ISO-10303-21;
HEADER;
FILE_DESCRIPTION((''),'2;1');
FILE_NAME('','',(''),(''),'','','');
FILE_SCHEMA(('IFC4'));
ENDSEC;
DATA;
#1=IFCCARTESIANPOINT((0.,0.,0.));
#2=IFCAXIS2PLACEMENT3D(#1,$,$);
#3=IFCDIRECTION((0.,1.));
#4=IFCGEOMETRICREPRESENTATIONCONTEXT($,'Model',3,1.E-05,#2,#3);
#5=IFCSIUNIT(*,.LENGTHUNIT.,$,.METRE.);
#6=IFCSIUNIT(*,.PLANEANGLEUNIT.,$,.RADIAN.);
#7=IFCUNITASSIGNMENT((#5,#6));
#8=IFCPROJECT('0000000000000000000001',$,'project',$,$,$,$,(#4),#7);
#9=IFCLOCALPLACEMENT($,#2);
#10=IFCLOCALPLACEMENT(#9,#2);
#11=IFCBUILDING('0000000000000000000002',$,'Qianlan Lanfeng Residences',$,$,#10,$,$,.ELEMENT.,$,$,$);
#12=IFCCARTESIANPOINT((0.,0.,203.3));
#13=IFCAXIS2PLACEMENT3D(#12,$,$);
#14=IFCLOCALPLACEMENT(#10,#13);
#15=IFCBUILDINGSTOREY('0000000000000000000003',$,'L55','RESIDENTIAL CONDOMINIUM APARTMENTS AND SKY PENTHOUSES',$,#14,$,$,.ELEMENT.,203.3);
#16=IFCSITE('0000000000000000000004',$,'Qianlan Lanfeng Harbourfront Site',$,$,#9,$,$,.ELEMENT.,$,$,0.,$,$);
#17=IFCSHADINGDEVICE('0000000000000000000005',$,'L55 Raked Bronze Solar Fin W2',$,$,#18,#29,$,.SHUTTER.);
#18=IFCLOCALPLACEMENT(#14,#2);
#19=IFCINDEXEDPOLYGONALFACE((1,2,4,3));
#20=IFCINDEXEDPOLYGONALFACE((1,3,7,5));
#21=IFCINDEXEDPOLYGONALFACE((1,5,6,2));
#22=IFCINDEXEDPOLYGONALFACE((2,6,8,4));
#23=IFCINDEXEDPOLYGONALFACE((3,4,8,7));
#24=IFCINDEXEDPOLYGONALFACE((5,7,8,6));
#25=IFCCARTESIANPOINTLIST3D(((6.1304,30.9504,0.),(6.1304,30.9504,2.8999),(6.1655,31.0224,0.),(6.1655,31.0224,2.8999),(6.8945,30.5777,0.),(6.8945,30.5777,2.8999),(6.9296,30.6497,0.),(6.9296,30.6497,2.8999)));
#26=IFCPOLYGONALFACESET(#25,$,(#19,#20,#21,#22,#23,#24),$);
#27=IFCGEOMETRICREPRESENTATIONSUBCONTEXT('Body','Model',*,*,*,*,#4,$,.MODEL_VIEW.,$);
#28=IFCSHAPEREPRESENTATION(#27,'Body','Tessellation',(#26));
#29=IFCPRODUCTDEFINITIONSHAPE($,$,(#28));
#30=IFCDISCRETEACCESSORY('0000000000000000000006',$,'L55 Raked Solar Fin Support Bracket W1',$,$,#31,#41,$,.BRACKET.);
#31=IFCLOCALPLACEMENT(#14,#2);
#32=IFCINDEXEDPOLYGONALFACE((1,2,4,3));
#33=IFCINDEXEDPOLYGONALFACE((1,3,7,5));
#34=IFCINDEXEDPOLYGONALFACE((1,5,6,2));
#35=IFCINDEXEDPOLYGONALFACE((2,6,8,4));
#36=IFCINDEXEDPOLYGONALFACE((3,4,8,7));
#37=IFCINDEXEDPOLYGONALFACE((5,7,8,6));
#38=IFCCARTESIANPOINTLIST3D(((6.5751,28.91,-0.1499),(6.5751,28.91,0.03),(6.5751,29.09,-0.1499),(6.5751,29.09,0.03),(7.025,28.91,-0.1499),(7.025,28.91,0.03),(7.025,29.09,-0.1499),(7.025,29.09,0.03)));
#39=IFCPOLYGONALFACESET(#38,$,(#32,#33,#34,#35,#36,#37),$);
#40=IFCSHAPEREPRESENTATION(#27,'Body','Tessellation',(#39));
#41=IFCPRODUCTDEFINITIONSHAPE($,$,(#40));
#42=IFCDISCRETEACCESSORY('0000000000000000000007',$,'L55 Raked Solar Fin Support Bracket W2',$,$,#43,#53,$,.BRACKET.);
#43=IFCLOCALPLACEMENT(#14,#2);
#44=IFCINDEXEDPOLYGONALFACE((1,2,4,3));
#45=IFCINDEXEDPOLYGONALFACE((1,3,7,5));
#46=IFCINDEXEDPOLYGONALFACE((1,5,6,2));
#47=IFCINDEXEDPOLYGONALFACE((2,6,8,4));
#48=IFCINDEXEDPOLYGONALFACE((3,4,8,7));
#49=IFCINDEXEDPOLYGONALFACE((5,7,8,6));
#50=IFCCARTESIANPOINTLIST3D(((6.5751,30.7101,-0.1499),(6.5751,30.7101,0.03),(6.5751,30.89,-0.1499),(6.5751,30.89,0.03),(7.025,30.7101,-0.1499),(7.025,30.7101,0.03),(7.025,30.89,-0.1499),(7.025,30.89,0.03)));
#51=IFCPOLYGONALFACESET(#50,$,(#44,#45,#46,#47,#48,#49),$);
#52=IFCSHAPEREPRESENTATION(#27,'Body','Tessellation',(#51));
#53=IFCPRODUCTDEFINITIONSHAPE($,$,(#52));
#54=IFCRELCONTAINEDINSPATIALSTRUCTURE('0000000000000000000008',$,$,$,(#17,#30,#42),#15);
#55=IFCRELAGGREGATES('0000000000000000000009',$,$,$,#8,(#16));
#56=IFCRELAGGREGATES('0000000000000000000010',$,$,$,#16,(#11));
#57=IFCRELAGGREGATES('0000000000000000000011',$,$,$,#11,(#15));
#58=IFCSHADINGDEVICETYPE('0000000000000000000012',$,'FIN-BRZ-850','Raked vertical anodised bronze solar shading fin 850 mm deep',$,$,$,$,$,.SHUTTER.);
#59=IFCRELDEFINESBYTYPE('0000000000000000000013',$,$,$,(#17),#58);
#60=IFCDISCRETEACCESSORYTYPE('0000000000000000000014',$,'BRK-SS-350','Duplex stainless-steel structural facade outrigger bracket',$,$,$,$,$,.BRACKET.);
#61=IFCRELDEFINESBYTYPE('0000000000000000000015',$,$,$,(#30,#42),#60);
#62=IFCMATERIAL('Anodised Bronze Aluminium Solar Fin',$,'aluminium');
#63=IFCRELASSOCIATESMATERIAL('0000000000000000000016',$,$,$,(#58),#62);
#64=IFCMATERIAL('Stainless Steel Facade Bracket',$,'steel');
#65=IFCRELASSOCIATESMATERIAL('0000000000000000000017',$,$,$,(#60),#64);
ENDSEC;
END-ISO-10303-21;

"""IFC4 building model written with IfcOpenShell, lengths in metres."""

from ifc_helpers import new_model, si_unit, direction, frame, origin, origin_2d, place, context, subcontext, project, spatial, rectangle, extrude, source, transform, mapped, material, type_object, element, save


model = new_model("IFC4")

# Units and contexts
model_context = context("Model", 3, precision=1e-05, world=origin(), true_north=direction((0.0, 1.0)))
body_context = subcontext(model_context, "Body", "Model", "MODEL_VIEW")
ifc_project = project(units=[si_unit("LENGTHUNIT", "METRE"), si_unit("PLANEANGLEUNIT", "RADIAN")], contexts=[model_context])

# Site, building, storey
site_placement = place(None, origin())
site = spatial("IfcSite", under=ifc_project, at=site_placement, Name="Qianlan Lanfeng Harbourfront Site", CompositionType="ELEMENT", RefElevation=0.0)
building_placement = place(site_placement, origin())
building = spatial("IfcBuilding", under=site, at=building_placement, Name="Qianlan Lanfeng Residences", CompositionType="ELEMENT")
storey_placement = place(building_placement, frame((0.0, 0.0, 203.3)))
storey = spatial("IfcBuildingStorey", under=building, at=storey_placement, Name="L55", Description="RESIDENTIAL CONDOMINIUM APARTMENTS AND SKY PENTHOUSES", CompositionType="ELEMENT", Elevation=203.3)

# Shading device
ifc_material_1 = material(Name="Anodised Bronze Aluminium Solar Fin", Category="aluminium")
shading_device_type = type_object("IfcShadingDeviceType", Name="FIN-BRZ-850", Description="Raked vertical anodised bronze solar shading fin 850 mm deep", PredefinedType="SHUTTER", material=ifc_material_1)
shared_shape_1 = source(origin(), body_context, "Body", "SweptSolid", [
    extrude(rectangle(XDim=0.8501, YDim=0.0801, at=origin_2d()), origin(), (0.0, 0.0, 1.0), 2.8999),
])
for number, where, z_axis, x_axis, name in (
    (1, (6.53, 30.8, 0.0), (0.0, 0.0, 1.0), (0.898794, -0.438371, 0.0), "L55 Raked Bronze Solar Fin W2"),
):
    element("IfcShadingDevice", number, at=place(storey_placement, frame(where, z_axis=z_axis, x_axis=x_axis)), inside=storey, type_object=shading_device_type, Name=name, PredefinedType="SHUTTER", context=body_context, shape_type="MappedRepresentation", body=[
        mapped(shared_shape_1, transform((0.0, 0.0, 0.0), scale=1.0)),
    ])

# Discrete accessories
ifc_material_2 = material(Name="Stainless Steel Facade Bracket", Category="steel")
discrete_accessory_type = type_object("IfcDiscreteAccessoryType", Name="BRK-SS-350", Description="Duplex stainless-steel structural facade outrigger bracket", PredefinedType="BRACKET", material=ifc_material_2)
shared_shape_2 = source(origin(), body_context, "Body", "SweptSolid", [
    extrude(rectangle(XDim=0.45, YDim=0.1799, at=origin_2d()), origin(), (0.0, 0.0, 1.0), 0.1799),
])
for number, where, z_axis, x_axis, name in (
    (2, (6.8, 29.0, -0.1499), (0.0, 0.0, 1.0), (1.0, 0.0, 0.0), "L55 Raked Solar Fin Support Bracket W1"),
    (3, (6.8, 30.8, -0.1499), (0.0, 0.0, 1.0), (1.0, 0.0, 0.0), "L55 Raked Solar Fin Support Bracket W2"),
):
    element("IfcDiscreteAccessory", number, at=place(storey_placement, frame(where, z_axis=z_axis, x_axis=x_axis)), inside=storey, type_object=discrete_accessory_type, Name=name, PredefinedType="BRACKET", context=body_context, shape_type="MappedRepresentation", body=[
        mapped(shared_shape_2, transform((0.0, 0.0, 0.0), scale=1.0)),
    ])

save(model, "model.ifc")
